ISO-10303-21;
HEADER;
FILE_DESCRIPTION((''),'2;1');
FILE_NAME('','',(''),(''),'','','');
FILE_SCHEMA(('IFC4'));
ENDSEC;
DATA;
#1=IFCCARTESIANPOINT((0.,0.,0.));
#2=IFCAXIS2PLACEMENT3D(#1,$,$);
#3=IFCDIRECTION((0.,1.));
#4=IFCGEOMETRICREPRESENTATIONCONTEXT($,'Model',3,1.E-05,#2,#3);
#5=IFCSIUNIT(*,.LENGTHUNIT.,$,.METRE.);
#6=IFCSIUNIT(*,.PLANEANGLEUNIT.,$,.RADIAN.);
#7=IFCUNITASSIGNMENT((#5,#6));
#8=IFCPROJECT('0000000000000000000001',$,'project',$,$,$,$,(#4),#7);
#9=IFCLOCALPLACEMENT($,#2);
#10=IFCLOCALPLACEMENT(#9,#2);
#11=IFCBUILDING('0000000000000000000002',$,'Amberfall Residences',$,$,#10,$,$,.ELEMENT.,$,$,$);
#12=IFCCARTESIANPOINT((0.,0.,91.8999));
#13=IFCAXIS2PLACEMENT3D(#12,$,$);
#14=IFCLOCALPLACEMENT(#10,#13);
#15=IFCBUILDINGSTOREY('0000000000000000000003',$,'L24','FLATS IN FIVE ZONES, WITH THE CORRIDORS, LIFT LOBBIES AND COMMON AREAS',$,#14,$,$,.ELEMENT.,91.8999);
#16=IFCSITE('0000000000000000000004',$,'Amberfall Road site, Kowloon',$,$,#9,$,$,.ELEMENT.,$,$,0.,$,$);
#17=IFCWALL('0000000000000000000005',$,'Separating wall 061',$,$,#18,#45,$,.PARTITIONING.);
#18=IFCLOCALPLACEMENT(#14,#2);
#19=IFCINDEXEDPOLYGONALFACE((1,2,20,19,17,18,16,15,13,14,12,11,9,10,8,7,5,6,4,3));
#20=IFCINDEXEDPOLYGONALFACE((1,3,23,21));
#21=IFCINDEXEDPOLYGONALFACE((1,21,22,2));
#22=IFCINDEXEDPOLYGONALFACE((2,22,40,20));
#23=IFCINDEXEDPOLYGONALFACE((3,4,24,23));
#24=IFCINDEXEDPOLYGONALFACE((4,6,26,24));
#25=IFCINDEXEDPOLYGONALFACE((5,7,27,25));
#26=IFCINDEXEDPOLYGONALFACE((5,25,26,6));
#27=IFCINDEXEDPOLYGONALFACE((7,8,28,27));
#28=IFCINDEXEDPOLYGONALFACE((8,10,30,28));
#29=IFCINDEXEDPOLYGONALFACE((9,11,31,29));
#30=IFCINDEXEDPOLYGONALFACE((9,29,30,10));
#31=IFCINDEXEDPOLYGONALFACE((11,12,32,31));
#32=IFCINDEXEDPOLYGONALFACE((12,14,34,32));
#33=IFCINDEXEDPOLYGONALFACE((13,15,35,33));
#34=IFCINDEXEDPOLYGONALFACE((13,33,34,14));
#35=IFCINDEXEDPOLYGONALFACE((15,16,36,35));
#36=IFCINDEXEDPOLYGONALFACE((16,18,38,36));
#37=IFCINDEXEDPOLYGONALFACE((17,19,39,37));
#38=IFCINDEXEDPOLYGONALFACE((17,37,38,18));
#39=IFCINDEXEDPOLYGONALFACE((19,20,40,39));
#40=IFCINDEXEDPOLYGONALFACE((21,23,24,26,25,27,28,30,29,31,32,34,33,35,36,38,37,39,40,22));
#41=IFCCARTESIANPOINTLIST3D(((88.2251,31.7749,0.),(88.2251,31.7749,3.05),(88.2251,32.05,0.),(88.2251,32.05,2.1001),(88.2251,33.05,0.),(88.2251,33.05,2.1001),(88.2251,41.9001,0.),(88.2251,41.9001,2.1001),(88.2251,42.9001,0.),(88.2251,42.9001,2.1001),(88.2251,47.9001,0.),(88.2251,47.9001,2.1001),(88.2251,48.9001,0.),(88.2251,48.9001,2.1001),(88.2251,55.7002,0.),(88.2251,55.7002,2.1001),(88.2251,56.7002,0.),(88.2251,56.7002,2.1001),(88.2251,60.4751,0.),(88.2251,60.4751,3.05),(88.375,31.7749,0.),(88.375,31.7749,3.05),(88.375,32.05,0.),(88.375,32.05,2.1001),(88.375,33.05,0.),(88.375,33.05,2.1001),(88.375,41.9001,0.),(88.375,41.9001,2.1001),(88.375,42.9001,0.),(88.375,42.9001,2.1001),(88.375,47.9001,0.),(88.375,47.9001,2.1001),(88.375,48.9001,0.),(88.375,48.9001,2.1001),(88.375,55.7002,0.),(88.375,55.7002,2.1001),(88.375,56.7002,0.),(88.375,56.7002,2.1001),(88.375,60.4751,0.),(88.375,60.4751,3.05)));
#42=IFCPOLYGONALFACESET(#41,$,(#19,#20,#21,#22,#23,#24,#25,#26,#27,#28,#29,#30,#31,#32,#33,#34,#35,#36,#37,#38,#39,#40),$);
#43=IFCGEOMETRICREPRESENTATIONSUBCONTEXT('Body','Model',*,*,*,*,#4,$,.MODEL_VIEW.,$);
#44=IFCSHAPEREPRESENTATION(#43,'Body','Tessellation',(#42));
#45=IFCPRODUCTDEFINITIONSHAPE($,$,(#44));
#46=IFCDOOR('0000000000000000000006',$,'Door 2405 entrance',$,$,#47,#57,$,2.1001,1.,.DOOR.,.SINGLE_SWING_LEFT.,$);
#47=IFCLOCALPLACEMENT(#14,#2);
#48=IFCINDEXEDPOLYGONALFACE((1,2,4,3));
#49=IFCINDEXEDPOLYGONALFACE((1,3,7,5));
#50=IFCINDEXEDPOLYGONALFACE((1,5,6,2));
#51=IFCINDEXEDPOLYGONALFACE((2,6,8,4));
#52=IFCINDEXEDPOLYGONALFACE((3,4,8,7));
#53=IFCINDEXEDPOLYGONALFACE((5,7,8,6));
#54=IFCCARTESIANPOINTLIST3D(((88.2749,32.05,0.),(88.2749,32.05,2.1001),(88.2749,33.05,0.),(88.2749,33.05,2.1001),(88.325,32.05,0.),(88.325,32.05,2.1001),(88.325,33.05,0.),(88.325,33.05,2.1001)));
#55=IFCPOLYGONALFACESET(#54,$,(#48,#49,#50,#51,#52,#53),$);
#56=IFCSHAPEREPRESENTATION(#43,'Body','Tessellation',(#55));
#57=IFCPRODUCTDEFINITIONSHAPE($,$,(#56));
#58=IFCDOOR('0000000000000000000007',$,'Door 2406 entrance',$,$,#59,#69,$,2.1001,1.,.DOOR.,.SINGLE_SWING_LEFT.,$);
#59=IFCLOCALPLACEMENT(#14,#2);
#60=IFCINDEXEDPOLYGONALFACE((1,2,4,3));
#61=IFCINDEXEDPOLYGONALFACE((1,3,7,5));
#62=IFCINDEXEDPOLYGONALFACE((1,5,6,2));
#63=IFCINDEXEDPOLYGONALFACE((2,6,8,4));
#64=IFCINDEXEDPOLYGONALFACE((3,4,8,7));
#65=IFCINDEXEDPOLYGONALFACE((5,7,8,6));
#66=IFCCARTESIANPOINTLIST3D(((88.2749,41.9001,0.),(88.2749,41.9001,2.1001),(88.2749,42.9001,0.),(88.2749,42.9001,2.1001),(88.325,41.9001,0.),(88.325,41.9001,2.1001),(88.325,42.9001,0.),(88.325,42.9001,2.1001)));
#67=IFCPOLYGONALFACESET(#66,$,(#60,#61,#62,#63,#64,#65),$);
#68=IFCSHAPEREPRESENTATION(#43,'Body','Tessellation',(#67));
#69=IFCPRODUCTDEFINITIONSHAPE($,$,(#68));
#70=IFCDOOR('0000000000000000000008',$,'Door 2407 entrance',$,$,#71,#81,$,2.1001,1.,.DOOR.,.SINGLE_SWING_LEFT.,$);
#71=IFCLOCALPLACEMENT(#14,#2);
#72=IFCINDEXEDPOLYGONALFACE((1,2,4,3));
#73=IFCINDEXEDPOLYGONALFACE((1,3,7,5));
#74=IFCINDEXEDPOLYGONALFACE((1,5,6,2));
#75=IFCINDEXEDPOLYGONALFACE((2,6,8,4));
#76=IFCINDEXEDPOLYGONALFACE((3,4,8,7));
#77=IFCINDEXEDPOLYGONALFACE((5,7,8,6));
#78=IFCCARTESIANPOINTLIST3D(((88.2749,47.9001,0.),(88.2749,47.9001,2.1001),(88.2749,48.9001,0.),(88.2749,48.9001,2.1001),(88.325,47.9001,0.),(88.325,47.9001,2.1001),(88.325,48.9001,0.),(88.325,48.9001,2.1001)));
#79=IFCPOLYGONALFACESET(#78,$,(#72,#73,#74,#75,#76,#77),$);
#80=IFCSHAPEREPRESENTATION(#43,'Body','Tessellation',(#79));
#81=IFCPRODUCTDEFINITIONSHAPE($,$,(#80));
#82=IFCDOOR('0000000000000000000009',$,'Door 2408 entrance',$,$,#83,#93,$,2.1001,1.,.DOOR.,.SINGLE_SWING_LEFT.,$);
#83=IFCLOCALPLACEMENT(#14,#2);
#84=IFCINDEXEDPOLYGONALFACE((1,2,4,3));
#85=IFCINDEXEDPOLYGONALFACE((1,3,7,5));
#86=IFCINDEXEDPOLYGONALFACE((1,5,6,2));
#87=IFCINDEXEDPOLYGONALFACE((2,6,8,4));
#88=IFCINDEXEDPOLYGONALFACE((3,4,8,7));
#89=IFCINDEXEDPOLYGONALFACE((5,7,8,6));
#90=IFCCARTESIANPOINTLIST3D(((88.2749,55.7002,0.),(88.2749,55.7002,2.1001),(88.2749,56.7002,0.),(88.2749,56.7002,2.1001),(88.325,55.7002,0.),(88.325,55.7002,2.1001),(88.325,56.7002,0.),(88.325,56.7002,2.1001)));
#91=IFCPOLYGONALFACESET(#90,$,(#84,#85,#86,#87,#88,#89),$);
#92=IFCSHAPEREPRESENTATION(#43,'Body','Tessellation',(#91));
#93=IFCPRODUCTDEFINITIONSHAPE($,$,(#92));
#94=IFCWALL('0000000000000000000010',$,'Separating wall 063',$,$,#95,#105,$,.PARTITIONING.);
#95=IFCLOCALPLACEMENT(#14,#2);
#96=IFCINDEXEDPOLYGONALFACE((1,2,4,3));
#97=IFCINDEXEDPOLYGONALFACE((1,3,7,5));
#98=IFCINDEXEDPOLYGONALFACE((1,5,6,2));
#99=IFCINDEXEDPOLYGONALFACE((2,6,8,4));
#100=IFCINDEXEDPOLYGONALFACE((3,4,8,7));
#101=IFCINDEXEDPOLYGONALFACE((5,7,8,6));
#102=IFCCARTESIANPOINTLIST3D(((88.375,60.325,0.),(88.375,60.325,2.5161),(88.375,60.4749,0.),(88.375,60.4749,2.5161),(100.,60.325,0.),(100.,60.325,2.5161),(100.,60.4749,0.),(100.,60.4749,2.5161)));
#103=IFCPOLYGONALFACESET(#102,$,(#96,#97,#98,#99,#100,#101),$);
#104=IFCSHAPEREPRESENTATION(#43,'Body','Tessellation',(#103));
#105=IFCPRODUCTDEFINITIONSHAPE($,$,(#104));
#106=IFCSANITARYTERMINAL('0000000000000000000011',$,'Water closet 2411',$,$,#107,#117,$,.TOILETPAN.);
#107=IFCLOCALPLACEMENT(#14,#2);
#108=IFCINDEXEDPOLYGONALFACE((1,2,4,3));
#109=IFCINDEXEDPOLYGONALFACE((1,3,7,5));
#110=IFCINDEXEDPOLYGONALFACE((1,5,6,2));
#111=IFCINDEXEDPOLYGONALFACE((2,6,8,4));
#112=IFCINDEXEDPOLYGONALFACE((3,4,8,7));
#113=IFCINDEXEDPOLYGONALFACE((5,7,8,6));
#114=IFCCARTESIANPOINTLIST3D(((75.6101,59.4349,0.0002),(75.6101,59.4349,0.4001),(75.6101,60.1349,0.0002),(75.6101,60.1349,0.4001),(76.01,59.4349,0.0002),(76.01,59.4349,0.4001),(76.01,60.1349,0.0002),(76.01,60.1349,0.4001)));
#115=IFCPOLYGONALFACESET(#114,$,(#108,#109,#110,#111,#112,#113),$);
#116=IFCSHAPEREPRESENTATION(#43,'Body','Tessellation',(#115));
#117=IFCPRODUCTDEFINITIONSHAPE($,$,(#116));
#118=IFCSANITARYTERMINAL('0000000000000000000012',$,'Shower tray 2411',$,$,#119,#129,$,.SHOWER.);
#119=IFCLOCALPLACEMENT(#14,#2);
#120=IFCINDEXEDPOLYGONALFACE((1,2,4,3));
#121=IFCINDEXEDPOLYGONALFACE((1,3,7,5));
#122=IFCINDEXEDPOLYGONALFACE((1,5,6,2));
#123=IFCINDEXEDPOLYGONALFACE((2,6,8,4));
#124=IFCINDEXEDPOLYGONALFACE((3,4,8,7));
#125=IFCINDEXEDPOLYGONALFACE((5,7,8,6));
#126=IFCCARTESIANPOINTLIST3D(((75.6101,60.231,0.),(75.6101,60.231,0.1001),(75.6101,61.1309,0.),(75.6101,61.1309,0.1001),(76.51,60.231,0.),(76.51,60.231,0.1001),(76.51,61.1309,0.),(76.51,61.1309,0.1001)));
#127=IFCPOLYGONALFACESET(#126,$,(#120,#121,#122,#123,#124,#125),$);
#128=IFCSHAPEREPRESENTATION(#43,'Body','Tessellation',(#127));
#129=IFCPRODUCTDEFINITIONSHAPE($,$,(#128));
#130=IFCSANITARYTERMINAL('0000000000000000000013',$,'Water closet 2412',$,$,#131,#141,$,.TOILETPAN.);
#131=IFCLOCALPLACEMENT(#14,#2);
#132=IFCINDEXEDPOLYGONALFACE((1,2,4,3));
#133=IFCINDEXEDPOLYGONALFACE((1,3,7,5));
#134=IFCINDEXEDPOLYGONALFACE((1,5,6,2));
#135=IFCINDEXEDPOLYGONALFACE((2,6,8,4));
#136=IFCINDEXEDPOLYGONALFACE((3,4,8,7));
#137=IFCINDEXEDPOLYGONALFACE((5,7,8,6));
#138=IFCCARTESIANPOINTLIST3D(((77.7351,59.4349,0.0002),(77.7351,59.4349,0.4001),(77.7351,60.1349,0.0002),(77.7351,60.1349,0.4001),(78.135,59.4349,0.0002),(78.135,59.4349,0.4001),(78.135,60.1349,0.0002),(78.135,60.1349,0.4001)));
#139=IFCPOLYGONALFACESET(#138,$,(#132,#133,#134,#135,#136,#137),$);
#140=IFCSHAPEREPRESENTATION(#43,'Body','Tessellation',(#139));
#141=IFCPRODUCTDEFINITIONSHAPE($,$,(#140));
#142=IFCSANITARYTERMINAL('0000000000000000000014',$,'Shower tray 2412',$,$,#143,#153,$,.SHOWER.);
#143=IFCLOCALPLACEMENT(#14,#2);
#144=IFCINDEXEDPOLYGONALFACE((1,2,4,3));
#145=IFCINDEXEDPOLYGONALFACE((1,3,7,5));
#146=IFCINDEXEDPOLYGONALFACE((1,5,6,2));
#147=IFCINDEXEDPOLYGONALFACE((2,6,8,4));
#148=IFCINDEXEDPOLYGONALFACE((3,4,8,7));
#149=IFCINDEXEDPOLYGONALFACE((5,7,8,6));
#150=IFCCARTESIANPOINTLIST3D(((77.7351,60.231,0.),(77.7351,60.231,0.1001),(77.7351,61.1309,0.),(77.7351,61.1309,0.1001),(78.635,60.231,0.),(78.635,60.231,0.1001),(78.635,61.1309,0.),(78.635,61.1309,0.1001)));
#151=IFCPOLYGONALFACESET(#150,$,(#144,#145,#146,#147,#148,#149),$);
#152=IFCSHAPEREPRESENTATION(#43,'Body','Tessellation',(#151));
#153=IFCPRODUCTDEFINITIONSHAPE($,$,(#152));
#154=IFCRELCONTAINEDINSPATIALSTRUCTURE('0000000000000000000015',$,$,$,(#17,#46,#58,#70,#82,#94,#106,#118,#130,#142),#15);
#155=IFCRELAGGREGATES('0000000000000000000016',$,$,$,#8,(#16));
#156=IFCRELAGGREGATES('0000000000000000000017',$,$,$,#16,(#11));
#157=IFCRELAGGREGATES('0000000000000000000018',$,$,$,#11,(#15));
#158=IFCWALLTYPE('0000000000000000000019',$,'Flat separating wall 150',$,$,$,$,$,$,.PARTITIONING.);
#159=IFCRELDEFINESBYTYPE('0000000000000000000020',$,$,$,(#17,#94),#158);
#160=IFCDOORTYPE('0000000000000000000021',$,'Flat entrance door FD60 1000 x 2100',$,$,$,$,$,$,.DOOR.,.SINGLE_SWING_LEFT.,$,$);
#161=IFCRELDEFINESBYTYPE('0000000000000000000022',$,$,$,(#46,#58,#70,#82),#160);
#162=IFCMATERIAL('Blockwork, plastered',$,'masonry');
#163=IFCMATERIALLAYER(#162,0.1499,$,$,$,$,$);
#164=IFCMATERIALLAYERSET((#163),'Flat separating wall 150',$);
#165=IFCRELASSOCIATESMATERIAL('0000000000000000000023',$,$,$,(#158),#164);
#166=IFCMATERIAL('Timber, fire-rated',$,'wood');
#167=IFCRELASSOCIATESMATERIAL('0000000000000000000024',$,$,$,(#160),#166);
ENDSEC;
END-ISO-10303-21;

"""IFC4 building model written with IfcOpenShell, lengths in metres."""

from ifc_helpers import new_model, si_unit, direction, frame, frame_2d, origin, origin_2d, place, context, subcontext, project, spatial, rectangle, extrude, material, layer, layer_set, type_object, element, fill, save


model = new_model("IFC4")

# Units and contexts
model_context = context("Model", 3, precision=1e-05, world=origin(), true_north=direction((0.0, 1.0)))
body_context = subcontext(model_context, "Body", "Model", "MODEL_VIEW")
ifc_project = project(units=[si_unit("LENGTHUNIT", "METRE"), si_unit("PLANEANGLEUNIT", "RADIAN")], contexts=[model_context])

# Site, building, storey
site_placement = place(None, origin())
site = spatial("IfcSite", under=ifc_project, at=site_placement, Name="Amberfall Road site, Kowloon", CompositionType="ELEMENT", RefElevation=0.0)
building_placement = place(site_placement, origin())
building = spatial("IfcBuilding", under=site, at=building_placement, Name="Amberfall Residences", CompositionType="ELEMENT")
storey_placement = place(building_placement, frame((0.0, 0.0, 91.8999)))
storey = spatial("IfcBuildingStorey", under=building, at=storey_placement, Name="L24", Description="FLATS IN FIVE ZONES, WITH THE CORRIDORS, LIFT LOBBIES AND COMMON AREAS", CompositionType="ELEMENT", Elevation=91.8999)

# Wall, openings, doors
ifc_material_1 = material(Name="Blockwork, plastered", Category="masonry")
ifc_layer_1 = layer(ifc_material_1, 0.1499)
ifc_layer_set_1 = layer_set([ifc_layer_1], Name="Flat separating wall 150")
wall_type_1 = type_object("IfcWallType", Name="Flat separating wall 150", PredefinedType="PARTITIONING", material=ifc_layer_set_1)
wall_1_placement = place(storey_placement, frame((88.3, 60.4751, 0.0), z_axis=(0.0, 0.0, 1.0), x_axis=(0.0, -1.0, 0.0)))
wall_1 = element("IfcWall", 1, at=wall_1_placement, inside=storey, type_object=wall_type_1, Name="Separating wall 061", PredefinedType="PARTITIONING", context=body_context, shape_type="SweptSolid", body=[
    extrude(rectangle(XDim=28.7002, YDim=0.1499, at=frame_2d((14.3501, 0.0))), origin(), (0.0, 0.0, 1.0), 3.05),
])
opening_1_placement = place(wall_1_placement, frame((27.425, 0.0, 0.0)))
opening_1 = element("IfcOpeningElement", 2, at=opening_1_placement, cuts=wall_1, PredefinedType="OPENING", context=body_context, shape_type="SweptSolid", body=[
    extrude(rectangle(XDim=1.0, YDim=2.1001, at=frame_2d((0.5, 1.05))), frame((0.0, 0.085, 0.0), z_axis=(0.0, -1.0, 0.0), x_axis=(1.0, 0.0, 0.0)), (0.0, 0.0, 1.0), 0.1699),
])
opening_2_placement = place(wall_1_placement, frame((17.575, 0.0, 0.0)))
opening_2 = element("IfcOpeningElement", 3, at=opening_2_placement, cuts=wall_1, PredefinedType="OPENING", context=body_context, shape_type="SweptSolid", body=[
    extrude(rectangle(XDim=1.0, YDim=2.1001, at=frame_2d((0.5, 1.05))), frame((0.0, 0.085, 0.0), z_axis=(0.0, -1.0, 0.0), x_axis=(1.0, 0.0, 0.0)), (0.0, 0.0, 1.0), 0.1699),
])
opening_3_placement = place(wall_1_placement, frame((11.575, 0.0, 0.0)))
opening_3 = element("IfcOpeningElement", 4, at=opening_3_placement, cuts=wall_1, PredefinedType="OPENING", context=body_context, shape_type="SweptSolid", body=[
    extrude(rectangle(XDim=1.0, YDim=2.1001, at=frame_2d((0.5, 1.05))), frame((0.0, 0.085, 0.0), z_axis=(0.0, -1.0, 0.0), x_axis=(1.0, 0.0, 0.0)), (0.0, 0.0, 1.0), 0.1699),
])
opening_4_placement = place(wall_1_placement, frame((3.7749, 0.0, 0.0)))
opening_4 = element("IfcOpeningElement", 5, at=opening_4_placement, cuts=wall_1, PredefinedType="OPENING", context=body_context, shape_type="SweptSolid", body=[
    extrude(rectangle(XDim=1.0, YDim=2.1001, at=frame_2d((0.5, 1.05))), frame((0.0, 0.085, 0.0), z_axis=(0.0, -1.0, 0.0), x_axis=(1.0, 0.0, 0.0)), (0.0, 0.0, 1.0), 0.1699),
])
ifc_material_2 = material(Name="Timber, fire-rated", Category="wood")
door_type_1 = type_object("IfcDoorType", Name="Flat entrance door FD60 1000 x 2100", OperationType="SINGLE_SWING_LEFT", PredefinedType="DOOR", material=ifc_material_2)
door_1_placement = place(opening_1_placement, origin())
door_1 = element("IfcDoor", 6, at=door_1_placement, inside=storey, type_object=door_type_1, Name="Door 2405 entrance", OperationType="SINGLE_SWING_LEFT", OverallHeight=2.1001, OverallWidth=1.0, PredefinedType="DOOR", context=body_context, shape_type="SweptSolid", body=[
    extrude(rectangle(XDim=1.0, YDim=2.1001, at=frame_2d((0.5, 1.05))), frame((0.0, 0.0249, 0.0), z_axis=(0.0, -1.0, 0.0), x_axis=(1.0, 0.0, 0.0)), (0.0, 0.0, 1.0), 0.05),
])
fill(opening_1, door_1)
door_2_placement = place(opening_2_placement, origin())
door_2 = element("IfcDoor", 7, at=door_2_placement, inside=storey, type_object=door_type_1, Name="Door 2406 entrance", OperationType="SINGLE_SWING_LEFT", OverallHeight=2.1001, OverallWidth=1.0, PredefinedType="DOOR", context=body_context, shape_type="SweptSolid", body=[
    extrude(rectangle(XDim=1.0, YDim=2.1001, at=frame_2d((0.5, 1.05))), frame((0.0, 0.0249, 0.0), z_axis=(0.0, -1.0, 0.0), x_axis=(1.0, 0.0, 0.0)), (0.0, 0.0, 1.0), 0.05),
])
fill(opening_2, door_2)
door_3_placement = place(opening_3_placement, origin())
door_3 = element("IfcDoor", 8, at=door_3_placement, inside=storey, type_object=door_type_1, Name="Door 2407 entrance", OperationType="SINGLE_SWING_LEFT", OverallHeight=2.1001, OverallWidth=1.0, PredefinedType="DOOR", context=body_context, shape_type="SweptSolid", body=[
    extrude(rectangle(XDim=1.0, YDim=2.1001, at=frame_2d((0.5, 1.05))), frame((0.0, 0.0249, 0.0), z_axis=(0.0, -1.0, 0.0), x_axis=(1.0, 0.0, 0.0)), (0.0, 0.0, 1.0), 0.05),
])
fill(opening_3, door_3)
door_4_placement = place(opening_4_placement, origin())
door_4 = element("IfcDoor", 9, at=door_4_placement, inside=storey, type_object=door_type_1, Name="Door 2408 entrance", OperationType="SINGLE_SWING_LEFT", OverallHeight=2.1001, OverallWidth=1.0, PredefinedType="DOOR", context=body_context, shape_type="SweptSolid", body=[
    extrude(rectangle(XDim=1.0, YDim=2.1001, at=frame_2d((0.5, 1.05))), frame((0.0, 0.0249, 0.0), z_axis=(0.0, -1.0, 0.0), x_axis=(1.0, 0.0, 0.0)), (0.0, 0.0, 1.0), 0.05),
])
fill(opening_4, door_4)

# Wall
wall_2_placement = place(storey_placement, frame((88.375, 60.3999, 0.0), z_axis=(0.0, 0.0, 1.0), x_axis=(1.0, 0.0, 0.0)))
element("IfcWall", 10, at=wall_2_placement, inside=storey, type_object=wall_type_1, Name="Separating wall 063", PredefinedType="PARTITIONING", context=body_context, shape_type="SweptSolid", body=[
    extrude(rectangle(XDim=11.625, YDim=0.1499, at=frame_2d((5.8125, 0.0))), origin(), (0.0, 0.0, 1.0), 2.5161),
])

# Sanitary terminals
sanitary_terminal_1_placement = place(storey_placement, frame((75.8101, 59.7849, 0.0002), z_axis=(0.0, 0.0, 1.0), x_axis=(1.0, 0.0, 0.0)))
element("IfcSanitaryTerminal", 11, at=sanitary_terminal_1_placement, inside=storey, Name="Water closet 2411", PredefinedType="TOILETPAN", context=body_context, shape_type="SweptSolid", body=[
    extrude(rectangle(XDim=0.3999, YDim=0.7, at=origin_2d()), origin(), (0.0, 0.0, 1.0), 0.3999),
])
sanitary_terminal_2_placement = place(storey_placement, frame((76.0601, 60.6809, 0.0), z_axis=(0.0, 0.0, 1.0), x_axis=(1.0, 0.0, 0.0)))
element("IfcSanitaryTerminal", 12, at=sanitary_terminal_2_placement, inside=storey, Name="Shower tray 2411", PredefinedType="SHOWER", context=body_context, shape_type="SweptSolid", body=[
    extrude(rectangle(XDim=0.8999, YDim=0.8999, at=origin_2d()), origin(), (0.0, 0.0, 1.0), 0.1001),
])
sanitary_terminal_3_placement = place(storey_placement, frame((77.9351, 59.7849, 0.0002), z_axis=(0.0, 0.0, 1.0), x_axis=(1.0, 0.0, 0.0)))
element("IfcSanitaryTerminal", 13, at=sanitary_terminal_3_placement, inside=storey, Name="Water closet 2412", PredefinedType="TOILETPAN", context=body_context, shape_type="SweptSolid", body=[
    extrude(rectangle(XDim=0.3999, YDim=0.7, at=origin_2d()), origin(), (0.0, 0.0, 1.0), 0.3999),
])
sanitary_terminal_4_placement = place(storey_placement, frame((78.1851, 60.6809, 0.0), z_axis=(0.0, 0.0, 1.0), x_axis=(1.0, 0.0, 0.0)))
element("IfcSanitaryTerminal", 14, at=sanitary_terminal_4_placement, inside=storey, Name="Shower tray 2412", PredefinedType="SHOWER", context=body_context, shape_type="SweptSolid", body=[
    extrude(rectangle(XDim=0.8999, YDim=0.8999, at=origin_2d()), origin(), (0.0, 0.0, 1.0), 0.1001),
])

save(model, "model.ifc")
